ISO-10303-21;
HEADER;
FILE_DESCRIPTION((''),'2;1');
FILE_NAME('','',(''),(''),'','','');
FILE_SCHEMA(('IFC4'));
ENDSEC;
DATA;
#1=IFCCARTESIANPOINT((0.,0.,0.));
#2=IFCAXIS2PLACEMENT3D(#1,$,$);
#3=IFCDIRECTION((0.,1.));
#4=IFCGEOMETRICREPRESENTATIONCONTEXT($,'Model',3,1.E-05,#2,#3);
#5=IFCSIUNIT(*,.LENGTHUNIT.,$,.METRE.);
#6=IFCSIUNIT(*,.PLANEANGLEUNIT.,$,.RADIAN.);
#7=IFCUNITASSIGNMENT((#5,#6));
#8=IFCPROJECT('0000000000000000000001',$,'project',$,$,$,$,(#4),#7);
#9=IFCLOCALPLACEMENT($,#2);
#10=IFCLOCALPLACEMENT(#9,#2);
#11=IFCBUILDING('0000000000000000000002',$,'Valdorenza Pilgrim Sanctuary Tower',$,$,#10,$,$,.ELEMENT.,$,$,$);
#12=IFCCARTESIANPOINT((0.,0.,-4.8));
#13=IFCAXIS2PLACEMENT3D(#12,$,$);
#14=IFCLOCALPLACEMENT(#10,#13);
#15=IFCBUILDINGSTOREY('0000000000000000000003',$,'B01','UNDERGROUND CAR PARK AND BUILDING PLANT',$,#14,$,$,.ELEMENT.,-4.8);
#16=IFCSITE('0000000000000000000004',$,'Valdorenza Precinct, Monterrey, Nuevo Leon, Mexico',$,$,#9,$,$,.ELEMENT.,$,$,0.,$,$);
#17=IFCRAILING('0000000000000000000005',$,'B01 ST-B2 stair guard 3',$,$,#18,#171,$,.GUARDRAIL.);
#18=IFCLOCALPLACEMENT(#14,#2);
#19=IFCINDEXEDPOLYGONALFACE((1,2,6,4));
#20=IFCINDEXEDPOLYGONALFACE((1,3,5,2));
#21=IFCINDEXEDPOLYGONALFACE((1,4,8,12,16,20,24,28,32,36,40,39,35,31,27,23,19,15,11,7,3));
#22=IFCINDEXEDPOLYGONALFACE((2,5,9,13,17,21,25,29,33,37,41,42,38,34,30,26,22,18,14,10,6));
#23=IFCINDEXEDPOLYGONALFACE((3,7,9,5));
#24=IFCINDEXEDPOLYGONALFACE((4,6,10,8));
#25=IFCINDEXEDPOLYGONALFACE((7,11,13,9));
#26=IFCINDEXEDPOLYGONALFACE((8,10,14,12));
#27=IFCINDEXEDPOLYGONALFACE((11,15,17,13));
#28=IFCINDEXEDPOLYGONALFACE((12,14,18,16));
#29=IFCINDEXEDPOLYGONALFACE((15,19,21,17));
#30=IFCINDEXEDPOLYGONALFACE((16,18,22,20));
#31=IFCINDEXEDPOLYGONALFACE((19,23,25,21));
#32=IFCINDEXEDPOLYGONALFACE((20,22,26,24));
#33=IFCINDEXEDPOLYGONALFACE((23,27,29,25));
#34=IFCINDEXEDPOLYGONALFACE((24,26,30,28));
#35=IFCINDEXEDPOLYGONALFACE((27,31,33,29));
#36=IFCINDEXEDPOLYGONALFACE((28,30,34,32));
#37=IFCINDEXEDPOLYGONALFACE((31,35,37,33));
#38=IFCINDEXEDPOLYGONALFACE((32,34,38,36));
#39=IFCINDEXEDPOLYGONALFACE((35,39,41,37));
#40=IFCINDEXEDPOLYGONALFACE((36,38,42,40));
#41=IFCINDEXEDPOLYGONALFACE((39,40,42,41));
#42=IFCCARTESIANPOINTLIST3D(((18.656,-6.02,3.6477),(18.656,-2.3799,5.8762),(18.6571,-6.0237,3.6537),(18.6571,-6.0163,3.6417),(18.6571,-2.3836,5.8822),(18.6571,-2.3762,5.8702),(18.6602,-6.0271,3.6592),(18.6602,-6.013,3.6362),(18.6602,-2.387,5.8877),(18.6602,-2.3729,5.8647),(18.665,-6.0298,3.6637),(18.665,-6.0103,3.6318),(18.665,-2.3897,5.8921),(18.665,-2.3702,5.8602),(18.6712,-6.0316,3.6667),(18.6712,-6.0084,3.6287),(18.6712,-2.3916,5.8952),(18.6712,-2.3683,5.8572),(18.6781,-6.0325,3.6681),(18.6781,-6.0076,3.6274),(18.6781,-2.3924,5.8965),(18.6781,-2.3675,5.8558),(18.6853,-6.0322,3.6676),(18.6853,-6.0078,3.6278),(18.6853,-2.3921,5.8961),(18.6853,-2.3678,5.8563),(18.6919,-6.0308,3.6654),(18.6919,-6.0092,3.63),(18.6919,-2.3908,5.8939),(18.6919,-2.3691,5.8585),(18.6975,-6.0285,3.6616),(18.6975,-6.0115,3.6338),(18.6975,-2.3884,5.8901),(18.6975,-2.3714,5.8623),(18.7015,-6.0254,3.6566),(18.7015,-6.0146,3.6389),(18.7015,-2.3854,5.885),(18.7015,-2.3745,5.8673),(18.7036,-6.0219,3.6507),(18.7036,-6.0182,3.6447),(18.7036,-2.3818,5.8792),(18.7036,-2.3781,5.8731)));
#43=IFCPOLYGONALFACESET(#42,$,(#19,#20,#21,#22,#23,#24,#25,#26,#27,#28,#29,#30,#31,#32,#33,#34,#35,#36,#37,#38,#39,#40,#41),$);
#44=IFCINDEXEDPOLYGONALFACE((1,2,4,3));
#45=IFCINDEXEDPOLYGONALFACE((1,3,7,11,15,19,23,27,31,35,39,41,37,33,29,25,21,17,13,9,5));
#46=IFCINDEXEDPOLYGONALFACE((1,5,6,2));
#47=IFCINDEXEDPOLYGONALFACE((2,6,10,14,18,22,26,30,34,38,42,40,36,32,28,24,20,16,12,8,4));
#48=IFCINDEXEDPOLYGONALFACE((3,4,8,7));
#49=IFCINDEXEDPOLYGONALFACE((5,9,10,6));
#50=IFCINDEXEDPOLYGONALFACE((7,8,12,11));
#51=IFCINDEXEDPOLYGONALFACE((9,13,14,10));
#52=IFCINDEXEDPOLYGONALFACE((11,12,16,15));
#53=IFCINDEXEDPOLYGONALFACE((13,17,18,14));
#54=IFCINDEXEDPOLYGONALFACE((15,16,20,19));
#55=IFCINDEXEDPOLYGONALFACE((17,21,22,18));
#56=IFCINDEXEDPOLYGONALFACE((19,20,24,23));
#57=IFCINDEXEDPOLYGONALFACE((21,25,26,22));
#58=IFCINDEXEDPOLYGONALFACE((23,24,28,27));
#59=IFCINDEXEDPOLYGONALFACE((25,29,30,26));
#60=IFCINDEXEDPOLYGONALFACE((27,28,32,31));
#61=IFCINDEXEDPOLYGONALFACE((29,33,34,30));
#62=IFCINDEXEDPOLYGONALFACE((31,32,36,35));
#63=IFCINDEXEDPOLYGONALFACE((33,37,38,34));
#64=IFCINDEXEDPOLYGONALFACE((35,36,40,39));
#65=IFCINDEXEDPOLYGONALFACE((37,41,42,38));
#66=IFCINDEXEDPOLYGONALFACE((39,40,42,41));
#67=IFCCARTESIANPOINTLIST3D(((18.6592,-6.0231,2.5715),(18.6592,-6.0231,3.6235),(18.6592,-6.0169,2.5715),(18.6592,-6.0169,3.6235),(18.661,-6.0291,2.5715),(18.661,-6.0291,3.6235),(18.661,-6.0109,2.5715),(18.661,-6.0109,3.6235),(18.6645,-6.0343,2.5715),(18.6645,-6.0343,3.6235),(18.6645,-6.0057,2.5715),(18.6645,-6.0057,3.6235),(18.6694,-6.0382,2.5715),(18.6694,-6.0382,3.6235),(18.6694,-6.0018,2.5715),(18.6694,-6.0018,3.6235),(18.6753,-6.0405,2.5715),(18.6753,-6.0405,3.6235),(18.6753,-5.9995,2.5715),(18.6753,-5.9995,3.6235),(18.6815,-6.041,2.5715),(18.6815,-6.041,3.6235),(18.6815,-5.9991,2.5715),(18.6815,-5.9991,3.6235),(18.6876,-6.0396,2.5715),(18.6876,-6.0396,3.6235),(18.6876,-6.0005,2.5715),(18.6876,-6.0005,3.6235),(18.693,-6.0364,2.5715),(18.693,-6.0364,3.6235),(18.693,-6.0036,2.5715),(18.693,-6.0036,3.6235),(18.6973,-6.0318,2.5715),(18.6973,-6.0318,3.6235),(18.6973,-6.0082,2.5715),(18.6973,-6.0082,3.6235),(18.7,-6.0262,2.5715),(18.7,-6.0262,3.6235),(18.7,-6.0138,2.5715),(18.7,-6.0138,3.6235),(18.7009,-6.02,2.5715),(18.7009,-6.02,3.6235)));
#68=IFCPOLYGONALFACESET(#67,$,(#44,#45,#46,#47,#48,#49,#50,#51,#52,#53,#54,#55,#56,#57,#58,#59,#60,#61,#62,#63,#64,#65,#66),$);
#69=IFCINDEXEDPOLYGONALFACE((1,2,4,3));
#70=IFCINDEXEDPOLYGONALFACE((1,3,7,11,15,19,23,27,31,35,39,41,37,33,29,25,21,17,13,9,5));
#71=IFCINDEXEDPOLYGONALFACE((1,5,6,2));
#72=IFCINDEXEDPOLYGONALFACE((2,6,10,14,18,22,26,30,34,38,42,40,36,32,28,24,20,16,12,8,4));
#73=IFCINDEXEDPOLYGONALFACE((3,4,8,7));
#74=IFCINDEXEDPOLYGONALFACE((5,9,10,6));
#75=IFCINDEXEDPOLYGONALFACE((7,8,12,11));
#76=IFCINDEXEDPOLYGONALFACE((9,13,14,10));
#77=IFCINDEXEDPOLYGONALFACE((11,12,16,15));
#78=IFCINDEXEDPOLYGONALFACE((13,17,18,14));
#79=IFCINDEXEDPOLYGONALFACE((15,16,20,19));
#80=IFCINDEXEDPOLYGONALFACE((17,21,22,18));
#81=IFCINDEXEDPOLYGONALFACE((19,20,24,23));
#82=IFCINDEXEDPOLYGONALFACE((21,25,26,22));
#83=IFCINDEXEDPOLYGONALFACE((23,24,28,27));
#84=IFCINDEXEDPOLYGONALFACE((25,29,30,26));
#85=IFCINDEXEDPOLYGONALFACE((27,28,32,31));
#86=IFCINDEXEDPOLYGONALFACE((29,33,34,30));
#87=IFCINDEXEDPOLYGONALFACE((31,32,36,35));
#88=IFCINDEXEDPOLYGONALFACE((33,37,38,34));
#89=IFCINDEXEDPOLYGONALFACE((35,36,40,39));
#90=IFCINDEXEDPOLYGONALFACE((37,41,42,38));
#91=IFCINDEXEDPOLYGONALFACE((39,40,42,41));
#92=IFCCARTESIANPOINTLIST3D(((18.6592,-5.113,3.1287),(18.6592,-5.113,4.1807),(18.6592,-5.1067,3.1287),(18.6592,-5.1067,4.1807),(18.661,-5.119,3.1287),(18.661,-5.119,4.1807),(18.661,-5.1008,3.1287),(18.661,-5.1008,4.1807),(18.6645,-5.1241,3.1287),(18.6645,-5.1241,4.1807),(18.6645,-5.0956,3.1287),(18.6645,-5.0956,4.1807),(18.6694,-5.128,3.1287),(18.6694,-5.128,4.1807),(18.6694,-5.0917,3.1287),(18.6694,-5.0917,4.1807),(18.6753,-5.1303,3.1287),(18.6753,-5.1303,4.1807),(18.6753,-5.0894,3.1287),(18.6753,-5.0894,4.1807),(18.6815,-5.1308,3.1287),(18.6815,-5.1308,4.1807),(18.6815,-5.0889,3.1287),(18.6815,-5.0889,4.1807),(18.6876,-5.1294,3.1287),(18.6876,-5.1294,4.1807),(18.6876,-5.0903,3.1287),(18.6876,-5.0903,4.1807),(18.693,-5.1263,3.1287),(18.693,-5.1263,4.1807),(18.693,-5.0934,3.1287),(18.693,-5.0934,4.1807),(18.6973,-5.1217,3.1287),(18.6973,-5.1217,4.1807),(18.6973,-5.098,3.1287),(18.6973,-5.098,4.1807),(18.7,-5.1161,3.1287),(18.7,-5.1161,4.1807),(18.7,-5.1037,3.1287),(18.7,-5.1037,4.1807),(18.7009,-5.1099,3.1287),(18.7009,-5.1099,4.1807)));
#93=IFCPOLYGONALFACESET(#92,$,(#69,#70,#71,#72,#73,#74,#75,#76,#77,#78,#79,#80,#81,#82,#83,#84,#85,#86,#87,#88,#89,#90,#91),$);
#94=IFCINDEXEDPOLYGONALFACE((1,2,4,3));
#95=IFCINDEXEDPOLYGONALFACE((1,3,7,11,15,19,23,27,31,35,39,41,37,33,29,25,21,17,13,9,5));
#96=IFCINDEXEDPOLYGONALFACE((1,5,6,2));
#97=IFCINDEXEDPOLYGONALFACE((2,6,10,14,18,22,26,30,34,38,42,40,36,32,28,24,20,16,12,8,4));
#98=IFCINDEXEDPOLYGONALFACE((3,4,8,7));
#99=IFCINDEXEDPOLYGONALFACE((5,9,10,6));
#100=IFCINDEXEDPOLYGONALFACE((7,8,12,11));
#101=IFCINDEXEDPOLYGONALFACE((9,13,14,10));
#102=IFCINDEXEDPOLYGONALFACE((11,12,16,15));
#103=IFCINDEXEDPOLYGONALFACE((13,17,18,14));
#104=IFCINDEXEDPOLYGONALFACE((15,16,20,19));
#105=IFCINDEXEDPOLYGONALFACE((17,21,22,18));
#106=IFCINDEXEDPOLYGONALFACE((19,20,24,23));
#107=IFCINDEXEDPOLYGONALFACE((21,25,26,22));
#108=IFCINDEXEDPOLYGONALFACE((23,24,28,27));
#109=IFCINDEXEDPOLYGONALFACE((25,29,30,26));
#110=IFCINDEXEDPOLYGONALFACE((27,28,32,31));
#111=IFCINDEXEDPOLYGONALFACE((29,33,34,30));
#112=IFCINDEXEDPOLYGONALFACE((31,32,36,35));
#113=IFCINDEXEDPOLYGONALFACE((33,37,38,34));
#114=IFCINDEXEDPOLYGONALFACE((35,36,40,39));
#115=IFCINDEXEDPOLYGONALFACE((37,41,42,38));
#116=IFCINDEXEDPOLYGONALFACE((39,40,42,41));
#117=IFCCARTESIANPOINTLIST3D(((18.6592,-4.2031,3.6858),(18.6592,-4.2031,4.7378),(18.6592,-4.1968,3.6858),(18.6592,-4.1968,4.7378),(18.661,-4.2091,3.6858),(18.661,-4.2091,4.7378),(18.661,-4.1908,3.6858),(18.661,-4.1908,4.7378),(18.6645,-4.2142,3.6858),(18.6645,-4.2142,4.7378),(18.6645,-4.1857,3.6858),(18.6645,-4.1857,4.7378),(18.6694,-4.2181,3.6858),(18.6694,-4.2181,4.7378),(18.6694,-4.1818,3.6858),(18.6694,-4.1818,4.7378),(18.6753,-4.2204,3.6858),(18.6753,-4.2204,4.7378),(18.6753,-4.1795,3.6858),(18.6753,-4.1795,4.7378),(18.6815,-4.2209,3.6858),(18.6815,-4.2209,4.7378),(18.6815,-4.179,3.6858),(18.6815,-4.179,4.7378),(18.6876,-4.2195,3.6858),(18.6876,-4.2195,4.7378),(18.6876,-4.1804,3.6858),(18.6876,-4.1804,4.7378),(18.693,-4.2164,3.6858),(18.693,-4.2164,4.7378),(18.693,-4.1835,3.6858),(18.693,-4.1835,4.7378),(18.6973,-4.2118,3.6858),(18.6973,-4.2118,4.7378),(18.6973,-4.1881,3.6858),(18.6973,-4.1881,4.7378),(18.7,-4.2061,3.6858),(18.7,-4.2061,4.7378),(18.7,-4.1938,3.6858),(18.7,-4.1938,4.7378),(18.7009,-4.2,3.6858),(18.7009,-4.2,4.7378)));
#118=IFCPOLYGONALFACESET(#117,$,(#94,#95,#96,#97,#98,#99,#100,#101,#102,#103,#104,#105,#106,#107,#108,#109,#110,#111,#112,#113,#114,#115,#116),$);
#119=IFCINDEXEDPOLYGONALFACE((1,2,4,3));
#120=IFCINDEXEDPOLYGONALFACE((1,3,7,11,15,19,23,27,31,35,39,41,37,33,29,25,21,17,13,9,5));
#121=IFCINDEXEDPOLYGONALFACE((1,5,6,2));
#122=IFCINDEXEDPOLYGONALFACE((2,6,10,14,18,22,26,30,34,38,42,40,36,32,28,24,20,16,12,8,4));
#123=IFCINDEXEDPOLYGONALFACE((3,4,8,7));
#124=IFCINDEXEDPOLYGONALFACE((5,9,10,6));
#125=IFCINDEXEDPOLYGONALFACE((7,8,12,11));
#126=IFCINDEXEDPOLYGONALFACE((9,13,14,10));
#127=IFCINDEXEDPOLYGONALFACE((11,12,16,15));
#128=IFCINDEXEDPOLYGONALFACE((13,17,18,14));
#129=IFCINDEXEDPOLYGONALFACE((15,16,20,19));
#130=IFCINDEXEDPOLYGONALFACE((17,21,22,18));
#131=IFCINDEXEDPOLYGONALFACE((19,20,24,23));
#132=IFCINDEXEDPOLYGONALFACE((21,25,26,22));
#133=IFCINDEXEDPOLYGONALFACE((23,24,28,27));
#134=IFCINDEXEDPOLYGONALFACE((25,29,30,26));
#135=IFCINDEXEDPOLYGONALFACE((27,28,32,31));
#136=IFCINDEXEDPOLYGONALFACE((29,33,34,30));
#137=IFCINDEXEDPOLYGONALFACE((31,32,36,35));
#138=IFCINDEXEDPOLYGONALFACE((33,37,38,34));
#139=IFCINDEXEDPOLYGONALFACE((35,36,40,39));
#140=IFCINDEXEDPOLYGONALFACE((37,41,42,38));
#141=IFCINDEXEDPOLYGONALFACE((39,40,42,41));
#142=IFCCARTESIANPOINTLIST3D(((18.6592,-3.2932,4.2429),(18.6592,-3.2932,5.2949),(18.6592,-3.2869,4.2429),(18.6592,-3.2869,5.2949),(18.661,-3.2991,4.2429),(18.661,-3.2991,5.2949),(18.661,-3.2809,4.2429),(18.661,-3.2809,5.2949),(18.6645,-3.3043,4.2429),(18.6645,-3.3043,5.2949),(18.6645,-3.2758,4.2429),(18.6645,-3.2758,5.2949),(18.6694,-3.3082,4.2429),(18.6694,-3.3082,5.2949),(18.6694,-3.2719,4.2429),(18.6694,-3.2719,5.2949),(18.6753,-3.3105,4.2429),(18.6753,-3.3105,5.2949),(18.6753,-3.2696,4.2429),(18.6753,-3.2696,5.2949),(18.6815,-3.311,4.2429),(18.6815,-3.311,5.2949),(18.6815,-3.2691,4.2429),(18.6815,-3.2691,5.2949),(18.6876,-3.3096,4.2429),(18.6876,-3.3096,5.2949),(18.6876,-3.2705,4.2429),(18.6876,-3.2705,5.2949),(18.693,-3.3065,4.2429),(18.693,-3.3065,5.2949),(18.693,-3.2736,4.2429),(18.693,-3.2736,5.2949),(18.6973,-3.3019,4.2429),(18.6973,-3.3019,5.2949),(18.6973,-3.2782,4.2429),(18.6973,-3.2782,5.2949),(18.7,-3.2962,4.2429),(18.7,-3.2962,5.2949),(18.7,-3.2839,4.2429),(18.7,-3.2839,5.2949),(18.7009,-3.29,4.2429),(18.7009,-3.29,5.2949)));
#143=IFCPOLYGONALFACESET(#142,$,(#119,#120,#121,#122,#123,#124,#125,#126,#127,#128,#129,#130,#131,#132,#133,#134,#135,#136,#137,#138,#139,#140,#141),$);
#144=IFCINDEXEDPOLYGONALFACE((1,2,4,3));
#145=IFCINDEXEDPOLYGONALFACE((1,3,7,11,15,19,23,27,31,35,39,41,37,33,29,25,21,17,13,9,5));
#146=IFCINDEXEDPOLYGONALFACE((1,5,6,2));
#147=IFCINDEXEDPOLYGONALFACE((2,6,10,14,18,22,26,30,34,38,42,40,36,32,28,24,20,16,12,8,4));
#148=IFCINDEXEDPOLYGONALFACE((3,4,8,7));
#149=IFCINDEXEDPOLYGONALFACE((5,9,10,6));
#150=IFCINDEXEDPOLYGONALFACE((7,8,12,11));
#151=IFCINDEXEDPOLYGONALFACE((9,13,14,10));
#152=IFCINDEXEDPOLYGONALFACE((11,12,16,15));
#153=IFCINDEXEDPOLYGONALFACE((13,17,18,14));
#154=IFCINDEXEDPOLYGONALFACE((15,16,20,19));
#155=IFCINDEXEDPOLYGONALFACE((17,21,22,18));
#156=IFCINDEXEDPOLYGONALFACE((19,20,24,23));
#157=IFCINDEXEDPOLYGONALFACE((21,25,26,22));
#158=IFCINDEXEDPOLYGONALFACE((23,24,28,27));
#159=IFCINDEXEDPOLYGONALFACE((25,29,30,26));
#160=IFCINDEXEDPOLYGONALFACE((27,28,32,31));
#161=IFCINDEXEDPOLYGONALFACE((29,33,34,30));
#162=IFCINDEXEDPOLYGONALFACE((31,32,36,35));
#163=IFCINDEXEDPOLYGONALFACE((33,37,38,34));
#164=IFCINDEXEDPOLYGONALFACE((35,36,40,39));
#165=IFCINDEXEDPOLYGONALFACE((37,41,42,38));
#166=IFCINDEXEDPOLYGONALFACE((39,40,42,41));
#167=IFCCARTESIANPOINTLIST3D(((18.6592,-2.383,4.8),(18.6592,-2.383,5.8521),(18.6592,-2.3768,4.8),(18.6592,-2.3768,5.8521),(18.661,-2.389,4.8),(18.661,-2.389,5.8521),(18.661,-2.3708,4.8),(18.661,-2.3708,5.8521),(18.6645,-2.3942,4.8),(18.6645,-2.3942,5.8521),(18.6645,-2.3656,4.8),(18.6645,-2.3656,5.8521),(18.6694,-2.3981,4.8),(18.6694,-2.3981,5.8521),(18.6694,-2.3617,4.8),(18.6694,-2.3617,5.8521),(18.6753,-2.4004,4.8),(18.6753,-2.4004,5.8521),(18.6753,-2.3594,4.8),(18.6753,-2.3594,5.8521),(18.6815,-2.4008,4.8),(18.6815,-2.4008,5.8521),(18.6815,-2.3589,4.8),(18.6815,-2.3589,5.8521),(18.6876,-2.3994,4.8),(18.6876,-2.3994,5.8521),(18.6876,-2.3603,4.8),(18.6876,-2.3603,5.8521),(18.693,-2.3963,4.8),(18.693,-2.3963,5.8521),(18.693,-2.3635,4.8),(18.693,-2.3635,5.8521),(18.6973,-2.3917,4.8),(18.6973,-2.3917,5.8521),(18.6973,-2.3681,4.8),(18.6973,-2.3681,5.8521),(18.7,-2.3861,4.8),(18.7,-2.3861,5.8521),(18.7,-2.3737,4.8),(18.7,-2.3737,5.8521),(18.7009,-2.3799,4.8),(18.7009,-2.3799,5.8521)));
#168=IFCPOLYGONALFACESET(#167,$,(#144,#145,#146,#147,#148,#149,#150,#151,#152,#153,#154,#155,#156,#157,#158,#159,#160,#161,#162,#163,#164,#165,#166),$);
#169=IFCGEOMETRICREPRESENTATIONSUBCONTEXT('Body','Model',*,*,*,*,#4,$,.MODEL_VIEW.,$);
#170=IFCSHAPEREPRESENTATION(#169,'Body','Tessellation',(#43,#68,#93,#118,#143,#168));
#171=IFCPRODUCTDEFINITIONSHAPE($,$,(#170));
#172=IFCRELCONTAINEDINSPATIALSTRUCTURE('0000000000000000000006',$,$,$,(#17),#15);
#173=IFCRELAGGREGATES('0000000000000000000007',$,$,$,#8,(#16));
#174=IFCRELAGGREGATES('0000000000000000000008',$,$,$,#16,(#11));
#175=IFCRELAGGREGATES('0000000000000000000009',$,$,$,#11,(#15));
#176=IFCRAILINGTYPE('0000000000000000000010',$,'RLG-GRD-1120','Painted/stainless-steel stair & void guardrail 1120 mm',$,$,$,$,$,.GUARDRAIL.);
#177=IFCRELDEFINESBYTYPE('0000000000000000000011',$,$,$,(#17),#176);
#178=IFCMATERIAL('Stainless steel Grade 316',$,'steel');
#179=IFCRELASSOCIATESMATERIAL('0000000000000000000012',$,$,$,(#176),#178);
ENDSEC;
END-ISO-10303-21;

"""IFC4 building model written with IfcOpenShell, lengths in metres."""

from ifc_helpers import new_model, si_unit, direction, frame, origin, origin_2d, place, context, subcontext, project, spatial, circle, extrude, material, type_object, element, save


model = new_model("IFC4")

# Units and contexts
model_context = context("Model", 3, precision=1e-05, world=origin(), true_north=direction((0.0, 1.0)))
body_context = subcontext(model_context, "Body", "Model", "MODEL_VIEW")
ifc_project = project(units=[si_unit("LENGTHUNIT", "METRE"), si_unit("PLANEANGLEUNIT", "RADIAN")], contexts=[model_context])

# Site, building, storey
site_placement = place(None, origin())
site = spatial("IfcSite", under=ifc_project, at=site_placement, Name="Valdorenza Precinct, Monterrey, Nuevo Leon, Mexico", CompositionType="ELEMENT", RefElevation=0.0)
building_placement = place(site_placement, origin())
building = spatial("IfcBuilding", under=site, at=building_placement, Name="Valdorenza Pilgrim Sanctuary Tower", CompositionType="ELEMENT")
storey_placement = place(building_placement, frame((0.0, 0.0, -4.8)))
storey = spatial("IfcBuildingStorey", under=building, at=storey_placement, Name="B01", Description="UNDERGROUND CAR PARK AND BUILDING PLANT", CompositionType="ELEMENT", Elevation=-4.8)

# Railing
ifc_material_1 = material(Name="Stainless steel Grade 316", Category="steel")
railing_type_1 = type_object("IfcRailingType", Name="RLG-GRD-1120", Description="Painted/stainless-steel stair & void guardrail 1120 mm", PredefinedType="GUARDRAIL", material=ifc_material_1)
railing_1_placement = place(storey_placement, frame((18.6799, -6.02, 2.5715)))
element("IfcRailing", 1, at=railing_1_placement, inside=storey, type_object=railing_type_1, Name="B01 ST-B2 stair guard 3", PredefinedType="GUARDRAIL", context=body_context, shape_type="SweptSolid", body=[
    extrude(circle(Radius=0.0239, at=origin_2d()), frame((0.0, 0.0, 1.0762), z_axis=(0.0, 0.852866, 0.52213), x_axis=(-1.0, 0.0, 0.0)), (0.0, 0.0, 1.0), 4.2681),
    extrude(circle(Radius=0.021, at=origin_2d()), origin(), (0.0, 0.0, 1.0), 1.052),
    extrude(circle(Radius=0.021, at=origin_2d()), frame((0.0, 0.9102, 0.5571)), (0.0, 0.0, 1.0), 1.052),
    extrude(circle(Radius=0.021, at=origin_2d()), frame((0.0, 1.8201, 1.1143)), (0.0, 0.0, 1.0), 1.052),
    extrude(circle(Radius=0.021, at=origin_2d()), frame((0.0, 2.73, 1.6714)), (0.0, 0.0, 1.0), 1.052),
    extrude(circle(Radius=0.021, at=origin_2d()), frame((0.0, 3.6401, 2.2285)), (0.0, 0.0, 1.0), 1.052),
])

save(model, "model.ifc")
